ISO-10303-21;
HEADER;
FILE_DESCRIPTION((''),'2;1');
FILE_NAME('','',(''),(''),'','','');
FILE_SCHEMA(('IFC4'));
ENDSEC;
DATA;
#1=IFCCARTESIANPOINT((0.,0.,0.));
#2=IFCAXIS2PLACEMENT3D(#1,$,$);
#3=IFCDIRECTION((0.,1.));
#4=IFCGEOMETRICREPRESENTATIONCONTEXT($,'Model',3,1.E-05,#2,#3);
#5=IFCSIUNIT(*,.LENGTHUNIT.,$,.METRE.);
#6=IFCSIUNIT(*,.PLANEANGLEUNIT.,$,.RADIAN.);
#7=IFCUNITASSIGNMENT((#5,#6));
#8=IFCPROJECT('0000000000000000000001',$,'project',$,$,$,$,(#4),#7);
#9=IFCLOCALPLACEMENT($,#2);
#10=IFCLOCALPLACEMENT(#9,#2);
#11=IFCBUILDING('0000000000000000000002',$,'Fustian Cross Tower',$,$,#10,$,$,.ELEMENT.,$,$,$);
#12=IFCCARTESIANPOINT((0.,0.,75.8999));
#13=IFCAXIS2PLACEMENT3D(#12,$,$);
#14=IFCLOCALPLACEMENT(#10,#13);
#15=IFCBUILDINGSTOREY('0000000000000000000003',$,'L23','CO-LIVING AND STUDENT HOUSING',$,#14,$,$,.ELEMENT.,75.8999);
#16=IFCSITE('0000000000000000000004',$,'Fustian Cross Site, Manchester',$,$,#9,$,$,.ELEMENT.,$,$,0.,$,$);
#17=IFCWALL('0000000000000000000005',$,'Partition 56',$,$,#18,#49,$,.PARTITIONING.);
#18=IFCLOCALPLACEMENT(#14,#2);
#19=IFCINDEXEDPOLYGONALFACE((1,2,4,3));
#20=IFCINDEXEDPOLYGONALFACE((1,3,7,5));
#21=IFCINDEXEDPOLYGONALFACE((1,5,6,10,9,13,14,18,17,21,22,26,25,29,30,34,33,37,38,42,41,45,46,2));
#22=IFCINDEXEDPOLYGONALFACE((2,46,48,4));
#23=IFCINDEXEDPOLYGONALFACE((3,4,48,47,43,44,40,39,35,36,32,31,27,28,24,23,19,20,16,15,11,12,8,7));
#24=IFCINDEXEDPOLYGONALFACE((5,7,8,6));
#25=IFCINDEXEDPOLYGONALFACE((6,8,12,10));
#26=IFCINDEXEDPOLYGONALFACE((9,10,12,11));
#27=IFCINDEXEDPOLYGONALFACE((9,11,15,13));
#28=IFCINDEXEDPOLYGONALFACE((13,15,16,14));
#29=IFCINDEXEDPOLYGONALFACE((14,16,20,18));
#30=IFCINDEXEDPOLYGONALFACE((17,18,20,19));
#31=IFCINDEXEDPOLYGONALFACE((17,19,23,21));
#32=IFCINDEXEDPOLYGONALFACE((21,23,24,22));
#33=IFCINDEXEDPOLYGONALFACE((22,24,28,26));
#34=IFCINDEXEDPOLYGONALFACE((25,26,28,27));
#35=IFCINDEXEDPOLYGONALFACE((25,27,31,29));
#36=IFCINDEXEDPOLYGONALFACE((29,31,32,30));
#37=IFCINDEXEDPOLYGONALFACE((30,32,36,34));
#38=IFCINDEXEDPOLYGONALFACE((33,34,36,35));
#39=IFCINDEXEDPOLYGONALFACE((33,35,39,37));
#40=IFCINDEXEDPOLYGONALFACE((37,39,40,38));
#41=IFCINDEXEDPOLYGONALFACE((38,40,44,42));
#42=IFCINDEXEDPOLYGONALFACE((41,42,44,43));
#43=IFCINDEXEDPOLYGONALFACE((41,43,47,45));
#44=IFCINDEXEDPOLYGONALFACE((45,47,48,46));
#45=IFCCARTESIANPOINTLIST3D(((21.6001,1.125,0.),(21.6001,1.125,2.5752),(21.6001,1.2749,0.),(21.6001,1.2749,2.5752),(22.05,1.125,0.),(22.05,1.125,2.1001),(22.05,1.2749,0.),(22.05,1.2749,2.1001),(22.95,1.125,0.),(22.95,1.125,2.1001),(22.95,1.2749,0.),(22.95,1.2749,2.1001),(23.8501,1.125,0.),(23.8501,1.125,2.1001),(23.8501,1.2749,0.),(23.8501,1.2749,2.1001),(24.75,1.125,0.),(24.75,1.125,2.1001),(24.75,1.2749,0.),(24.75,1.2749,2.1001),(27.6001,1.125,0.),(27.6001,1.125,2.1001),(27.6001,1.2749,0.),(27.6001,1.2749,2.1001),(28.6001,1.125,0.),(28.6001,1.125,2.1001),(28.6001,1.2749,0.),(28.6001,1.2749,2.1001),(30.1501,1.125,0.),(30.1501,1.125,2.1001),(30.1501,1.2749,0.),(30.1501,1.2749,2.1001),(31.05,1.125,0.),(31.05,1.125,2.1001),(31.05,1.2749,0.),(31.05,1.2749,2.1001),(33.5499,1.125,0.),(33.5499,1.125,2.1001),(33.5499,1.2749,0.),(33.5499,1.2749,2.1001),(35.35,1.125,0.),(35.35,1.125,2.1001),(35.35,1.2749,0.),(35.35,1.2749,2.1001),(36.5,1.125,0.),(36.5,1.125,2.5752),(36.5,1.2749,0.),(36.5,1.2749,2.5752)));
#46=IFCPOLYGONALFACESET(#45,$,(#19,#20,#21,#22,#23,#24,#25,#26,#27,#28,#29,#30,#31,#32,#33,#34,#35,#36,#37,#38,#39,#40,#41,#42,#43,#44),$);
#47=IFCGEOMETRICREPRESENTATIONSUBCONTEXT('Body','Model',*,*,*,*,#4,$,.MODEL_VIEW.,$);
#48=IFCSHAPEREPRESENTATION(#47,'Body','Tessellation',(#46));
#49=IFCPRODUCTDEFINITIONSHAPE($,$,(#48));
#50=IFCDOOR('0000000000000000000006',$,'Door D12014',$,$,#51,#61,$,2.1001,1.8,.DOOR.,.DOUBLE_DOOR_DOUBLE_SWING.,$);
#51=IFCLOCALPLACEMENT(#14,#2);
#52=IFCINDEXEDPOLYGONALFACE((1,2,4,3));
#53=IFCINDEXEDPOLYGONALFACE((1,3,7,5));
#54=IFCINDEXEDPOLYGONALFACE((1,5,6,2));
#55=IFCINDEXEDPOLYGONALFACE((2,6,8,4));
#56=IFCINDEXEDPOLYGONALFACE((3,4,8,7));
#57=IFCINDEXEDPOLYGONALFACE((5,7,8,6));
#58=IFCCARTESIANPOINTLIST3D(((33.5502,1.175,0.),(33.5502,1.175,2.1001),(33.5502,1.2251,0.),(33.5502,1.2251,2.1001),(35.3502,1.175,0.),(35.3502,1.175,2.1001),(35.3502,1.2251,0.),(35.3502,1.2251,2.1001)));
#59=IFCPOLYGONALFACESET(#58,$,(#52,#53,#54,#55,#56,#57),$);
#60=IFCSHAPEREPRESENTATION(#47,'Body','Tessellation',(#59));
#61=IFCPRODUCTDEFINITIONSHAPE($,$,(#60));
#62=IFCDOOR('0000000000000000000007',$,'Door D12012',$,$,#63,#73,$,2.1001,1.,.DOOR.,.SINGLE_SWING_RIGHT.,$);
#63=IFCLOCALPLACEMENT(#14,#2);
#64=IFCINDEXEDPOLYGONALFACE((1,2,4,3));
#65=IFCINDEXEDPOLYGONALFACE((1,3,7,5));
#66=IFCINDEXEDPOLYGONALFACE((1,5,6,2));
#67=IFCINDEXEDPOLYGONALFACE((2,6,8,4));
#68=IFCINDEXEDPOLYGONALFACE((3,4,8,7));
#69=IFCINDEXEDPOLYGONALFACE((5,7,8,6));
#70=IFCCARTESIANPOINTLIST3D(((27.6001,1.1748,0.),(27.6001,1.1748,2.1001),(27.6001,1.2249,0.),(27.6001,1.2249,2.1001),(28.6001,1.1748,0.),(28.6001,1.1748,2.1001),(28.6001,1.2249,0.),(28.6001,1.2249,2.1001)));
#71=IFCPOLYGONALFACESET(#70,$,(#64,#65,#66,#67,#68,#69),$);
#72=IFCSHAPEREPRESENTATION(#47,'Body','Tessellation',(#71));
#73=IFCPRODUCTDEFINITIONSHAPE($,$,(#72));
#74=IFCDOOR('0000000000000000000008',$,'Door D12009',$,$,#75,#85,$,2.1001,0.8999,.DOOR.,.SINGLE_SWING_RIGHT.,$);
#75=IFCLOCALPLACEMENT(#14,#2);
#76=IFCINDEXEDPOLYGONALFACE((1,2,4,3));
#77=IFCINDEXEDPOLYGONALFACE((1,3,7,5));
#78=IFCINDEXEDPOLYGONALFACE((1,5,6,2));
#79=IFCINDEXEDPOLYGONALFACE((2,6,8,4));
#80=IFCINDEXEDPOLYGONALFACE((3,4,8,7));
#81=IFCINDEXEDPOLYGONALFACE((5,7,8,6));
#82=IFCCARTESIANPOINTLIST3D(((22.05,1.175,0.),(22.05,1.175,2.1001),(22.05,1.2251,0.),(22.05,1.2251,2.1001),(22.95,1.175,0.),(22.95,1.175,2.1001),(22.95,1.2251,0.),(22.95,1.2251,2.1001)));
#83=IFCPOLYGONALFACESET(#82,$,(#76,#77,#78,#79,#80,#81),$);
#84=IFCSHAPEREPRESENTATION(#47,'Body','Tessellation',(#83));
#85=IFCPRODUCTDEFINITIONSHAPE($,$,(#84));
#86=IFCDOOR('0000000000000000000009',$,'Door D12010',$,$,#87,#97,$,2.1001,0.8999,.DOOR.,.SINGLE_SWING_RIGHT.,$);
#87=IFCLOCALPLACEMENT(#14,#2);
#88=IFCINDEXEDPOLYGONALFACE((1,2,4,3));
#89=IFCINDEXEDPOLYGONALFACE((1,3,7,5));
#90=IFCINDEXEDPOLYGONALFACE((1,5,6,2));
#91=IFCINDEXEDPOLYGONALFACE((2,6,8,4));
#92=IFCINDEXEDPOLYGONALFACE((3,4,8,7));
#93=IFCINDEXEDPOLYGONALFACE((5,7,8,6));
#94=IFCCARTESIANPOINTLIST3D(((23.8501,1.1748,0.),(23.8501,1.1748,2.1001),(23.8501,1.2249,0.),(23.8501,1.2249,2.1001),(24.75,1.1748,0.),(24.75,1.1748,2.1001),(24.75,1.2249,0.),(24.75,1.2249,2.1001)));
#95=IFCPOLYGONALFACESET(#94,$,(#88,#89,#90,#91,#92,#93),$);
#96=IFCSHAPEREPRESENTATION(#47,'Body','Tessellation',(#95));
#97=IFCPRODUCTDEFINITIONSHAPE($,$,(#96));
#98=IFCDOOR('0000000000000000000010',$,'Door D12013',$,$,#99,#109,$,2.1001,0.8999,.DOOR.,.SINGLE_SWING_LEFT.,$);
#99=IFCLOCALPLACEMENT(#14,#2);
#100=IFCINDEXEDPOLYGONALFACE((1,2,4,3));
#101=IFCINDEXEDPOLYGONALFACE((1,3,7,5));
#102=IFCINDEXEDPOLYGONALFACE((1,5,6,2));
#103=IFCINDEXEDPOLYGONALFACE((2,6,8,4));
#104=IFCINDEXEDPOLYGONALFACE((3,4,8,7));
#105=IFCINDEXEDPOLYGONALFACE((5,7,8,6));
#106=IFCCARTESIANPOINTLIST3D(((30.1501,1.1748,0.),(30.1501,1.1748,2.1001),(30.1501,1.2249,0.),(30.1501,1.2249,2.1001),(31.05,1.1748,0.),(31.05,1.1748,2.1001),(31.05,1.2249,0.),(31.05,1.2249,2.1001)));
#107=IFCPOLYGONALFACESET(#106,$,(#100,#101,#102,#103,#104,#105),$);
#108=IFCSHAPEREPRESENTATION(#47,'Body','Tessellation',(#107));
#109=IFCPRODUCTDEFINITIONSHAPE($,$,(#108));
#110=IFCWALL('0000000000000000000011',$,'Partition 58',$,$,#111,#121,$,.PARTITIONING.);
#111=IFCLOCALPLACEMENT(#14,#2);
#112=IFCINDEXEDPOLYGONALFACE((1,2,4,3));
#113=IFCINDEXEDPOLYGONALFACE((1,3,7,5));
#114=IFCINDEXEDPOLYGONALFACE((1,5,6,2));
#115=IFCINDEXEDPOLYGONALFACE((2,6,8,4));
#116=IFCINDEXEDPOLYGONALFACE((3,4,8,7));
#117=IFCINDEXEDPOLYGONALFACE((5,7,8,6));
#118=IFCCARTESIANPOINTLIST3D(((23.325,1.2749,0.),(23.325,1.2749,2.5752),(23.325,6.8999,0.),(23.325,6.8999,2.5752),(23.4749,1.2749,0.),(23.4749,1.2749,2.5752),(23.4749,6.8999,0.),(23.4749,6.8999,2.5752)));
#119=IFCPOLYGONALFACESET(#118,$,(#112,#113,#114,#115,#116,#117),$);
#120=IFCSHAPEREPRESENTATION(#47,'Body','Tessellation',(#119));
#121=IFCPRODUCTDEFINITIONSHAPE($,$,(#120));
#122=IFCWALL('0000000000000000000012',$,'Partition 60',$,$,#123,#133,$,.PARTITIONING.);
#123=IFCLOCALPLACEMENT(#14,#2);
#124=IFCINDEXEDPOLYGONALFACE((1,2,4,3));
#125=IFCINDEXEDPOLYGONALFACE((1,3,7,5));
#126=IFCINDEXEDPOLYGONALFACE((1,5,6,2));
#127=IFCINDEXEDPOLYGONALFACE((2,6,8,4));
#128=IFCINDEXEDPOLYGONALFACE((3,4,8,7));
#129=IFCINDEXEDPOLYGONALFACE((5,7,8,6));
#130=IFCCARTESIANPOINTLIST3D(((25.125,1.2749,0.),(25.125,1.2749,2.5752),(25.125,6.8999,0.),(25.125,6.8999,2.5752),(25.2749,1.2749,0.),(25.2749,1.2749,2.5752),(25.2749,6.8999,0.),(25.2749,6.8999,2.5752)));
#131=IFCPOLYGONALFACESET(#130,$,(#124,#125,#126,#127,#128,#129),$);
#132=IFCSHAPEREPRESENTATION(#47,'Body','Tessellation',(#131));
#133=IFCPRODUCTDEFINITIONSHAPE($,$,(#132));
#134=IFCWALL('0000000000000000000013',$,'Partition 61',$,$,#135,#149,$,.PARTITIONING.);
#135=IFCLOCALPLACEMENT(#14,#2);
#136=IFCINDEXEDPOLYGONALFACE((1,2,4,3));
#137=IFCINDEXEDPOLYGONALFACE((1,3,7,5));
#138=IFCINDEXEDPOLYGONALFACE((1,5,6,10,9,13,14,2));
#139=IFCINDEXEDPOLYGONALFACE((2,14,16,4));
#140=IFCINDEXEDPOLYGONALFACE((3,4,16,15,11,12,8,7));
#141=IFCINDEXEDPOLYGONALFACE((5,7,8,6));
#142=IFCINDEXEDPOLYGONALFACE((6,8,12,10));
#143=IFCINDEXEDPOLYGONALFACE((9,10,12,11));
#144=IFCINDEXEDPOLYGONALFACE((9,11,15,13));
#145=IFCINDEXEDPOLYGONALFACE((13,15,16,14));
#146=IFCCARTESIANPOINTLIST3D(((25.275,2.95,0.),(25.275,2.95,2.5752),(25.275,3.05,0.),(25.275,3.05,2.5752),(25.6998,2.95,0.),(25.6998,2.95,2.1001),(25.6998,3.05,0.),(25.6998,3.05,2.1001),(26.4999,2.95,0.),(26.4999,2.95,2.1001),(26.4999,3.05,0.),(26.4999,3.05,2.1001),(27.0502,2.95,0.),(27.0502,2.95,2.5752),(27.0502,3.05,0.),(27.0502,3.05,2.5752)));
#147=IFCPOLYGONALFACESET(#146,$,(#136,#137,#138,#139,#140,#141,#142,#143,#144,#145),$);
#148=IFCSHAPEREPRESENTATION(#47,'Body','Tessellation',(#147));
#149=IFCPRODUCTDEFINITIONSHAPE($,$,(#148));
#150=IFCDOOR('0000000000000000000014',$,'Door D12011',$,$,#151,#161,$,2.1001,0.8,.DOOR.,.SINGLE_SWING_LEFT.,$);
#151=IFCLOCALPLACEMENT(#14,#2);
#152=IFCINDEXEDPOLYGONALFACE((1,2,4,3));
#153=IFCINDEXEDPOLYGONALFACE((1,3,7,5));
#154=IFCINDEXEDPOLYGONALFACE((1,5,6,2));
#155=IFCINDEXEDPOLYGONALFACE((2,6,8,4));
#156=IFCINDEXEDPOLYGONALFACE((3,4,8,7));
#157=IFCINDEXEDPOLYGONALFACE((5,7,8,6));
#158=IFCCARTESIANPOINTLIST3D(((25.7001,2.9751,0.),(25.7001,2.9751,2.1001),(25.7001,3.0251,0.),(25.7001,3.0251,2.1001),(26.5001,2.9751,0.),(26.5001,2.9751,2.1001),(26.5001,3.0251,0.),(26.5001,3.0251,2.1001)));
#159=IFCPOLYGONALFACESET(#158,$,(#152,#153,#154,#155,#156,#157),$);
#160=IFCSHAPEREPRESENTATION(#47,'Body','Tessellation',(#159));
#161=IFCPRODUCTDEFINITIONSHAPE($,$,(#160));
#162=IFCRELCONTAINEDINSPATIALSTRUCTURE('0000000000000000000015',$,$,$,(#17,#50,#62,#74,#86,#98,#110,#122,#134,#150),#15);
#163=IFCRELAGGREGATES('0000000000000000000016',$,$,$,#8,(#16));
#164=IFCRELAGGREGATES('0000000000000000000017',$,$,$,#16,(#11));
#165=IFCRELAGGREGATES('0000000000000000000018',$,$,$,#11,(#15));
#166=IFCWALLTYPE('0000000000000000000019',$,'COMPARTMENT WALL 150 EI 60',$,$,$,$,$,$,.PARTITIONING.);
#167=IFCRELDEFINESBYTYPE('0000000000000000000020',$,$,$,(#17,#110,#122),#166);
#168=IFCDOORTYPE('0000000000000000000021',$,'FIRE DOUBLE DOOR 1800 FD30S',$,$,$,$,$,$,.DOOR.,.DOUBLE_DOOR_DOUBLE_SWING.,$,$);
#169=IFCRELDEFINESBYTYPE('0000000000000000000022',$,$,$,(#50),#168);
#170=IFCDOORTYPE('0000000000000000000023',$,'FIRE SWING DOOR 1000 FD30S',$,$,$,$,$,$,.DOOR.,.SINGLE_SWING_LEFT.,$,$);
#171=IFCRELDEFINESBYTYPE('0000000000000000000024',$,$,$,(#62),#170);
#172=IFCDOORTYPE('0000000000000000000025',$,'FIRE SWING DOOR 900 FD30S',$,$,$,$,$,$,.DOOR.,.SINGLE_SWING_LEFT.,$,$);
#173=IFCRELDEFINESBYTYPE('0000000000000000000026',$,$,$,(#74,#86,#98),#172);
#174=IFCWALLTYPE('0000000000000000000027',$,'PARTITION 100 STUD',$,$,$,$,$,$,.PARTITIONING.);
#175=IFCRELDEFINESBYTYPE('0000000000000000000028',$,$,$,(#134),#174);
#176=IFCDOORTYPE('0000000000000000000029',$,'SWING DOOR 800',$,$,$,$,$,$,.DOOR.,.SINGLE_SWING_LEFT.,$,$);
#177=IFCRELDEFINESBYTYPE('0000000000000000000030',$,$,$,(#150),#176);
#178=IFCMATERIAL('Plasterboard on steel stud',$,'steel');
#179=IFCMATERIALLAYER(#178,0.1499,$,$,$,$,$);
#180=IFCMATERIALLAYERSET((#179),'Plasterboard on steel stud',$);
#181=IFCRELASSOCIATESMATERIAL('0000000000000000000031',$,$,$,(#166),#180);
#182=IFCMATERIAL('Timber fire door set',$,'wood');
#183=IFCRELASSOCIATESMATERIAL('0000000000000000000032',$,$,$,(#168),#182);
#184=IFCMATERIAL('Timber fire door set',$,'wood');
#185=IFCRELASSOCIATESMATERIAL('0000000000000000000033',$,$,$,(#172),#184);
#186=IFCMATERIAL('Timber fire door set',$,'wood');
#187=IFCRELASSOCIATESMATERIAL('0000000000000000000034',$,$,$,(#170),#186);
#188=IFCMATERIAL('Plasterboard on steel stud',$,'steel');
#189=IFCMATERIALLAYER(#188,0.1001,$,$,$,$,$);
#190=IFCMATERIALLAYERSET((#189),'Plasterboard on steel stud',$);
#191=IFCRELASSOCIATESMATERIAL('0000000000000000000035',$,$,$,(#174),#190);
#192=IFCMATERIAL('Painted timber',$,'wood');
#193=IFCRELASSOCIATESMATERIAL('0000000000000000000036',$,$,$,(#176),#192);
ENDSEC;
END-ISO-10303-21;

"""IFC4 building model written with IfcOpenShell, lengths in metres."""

from ifc_helpers import new_model, si_unit, direction, frame, frame_2d, origin, place, context, subcontext, project, spatial, rectangle, extrude, material, layer, layer_set, type_object, element, fill, save


model = new_model("IFC4")

# Units and contexts
model_context = context("Model", 3, precision=1e-05, world=origin(), true_north=direction((0.0, 1.0)))
body_context = subcontext(model_context, "Body", "Model", "MODEL_VIEW")
ifc_project = project(units=[si_unit("LENGTHUNIT", "METRE"), si_unit("PLANEANGLEUNIT", "RADIAN")], contexts=[model_context])

# Site, building, storey
site_placement = place(None, origin())
site = spatial("IfcSite", under=ifc_project, at=site_placement, Name="Fustian Cross Site, Manchester", CompositionType="ELEMENT", RefElevation=0.0)
building_placement = place(site_placement, origin())
building = spatial("IfcBuilding", under=site, at=building_placement, Name="Fustian Cross Tower", CompositionType="ELEMENT")
storey_placement = place(building_placement, frame((0.0, 0.0, 75.8999)))
storey = spatial("IfcBuildingStorey", under=building, at=storey_placement, Name="L23", Description="CO-LIVING AND STUDENT HOUSING", CompositionType="ELEMENT", Elevation=75.8999)

# Wall, openings, doors
ifc_material_1 = material(Name="Plasterboard on steel stud", Category="steel")
ifc_layer_1 = layer(ifc_material_1, 0.1499)
ifc_layer_set_1 = layer_set([ifc_layer_1], Name="Plasterboard on steel stud")
wall_type_1 = type_object("IfcWallType", Name="COMPARTMENT WALL 150 EI 60", PredefinedType="PARTITIONING", material=ifc_layer_set_1)
ifc_material_2 = material(Name="Timber fire door set", Category="wood")
door_type_1 = type_object("IfcDoorType", Name="FIRE DOUBLE DOOR 1800 FD30S", OperationType="DOUBLE_DOOR_DOUBLE_SWING", PredefinedType="DOOR", material=ifc_material_2)
ifc_material_3 = material(Name="Timber fire door set", Category="wood")
door_type_2 = type_object("IfcDoorType", Name="FIRE SWING DOOR 900 FD30S", OperationType="SINGLE_SWING_LEFT", PredefinedType="DOOR", material=ifc_material_3)
wall_1_placement = place(storey_placement, frame((21.6001, 1.2, 0.0), z_axis=(0.0, 0.0, 1.0), x_axis=(1.0, 0.0, 0.0)))
wall_1 = element("IfcWall", 1, at=wall_1_placement, inside=storey, type_object=wall_type_1, Name="Partition 56", PredefinedType="PARTITIONING", context=body_context, shape_type="SweptSolid", body=[
    extrude(rectangle(XDim=14.8999, YDim=0.1499, at=frame_2d((7.45, 0.0))), origin(), (0.0, 0.0, 1.0), 2.5752),
])
opening_1_placement = place(wall_1_placement, frame((0.45, 0.0, 0.0)))
opening_1 = element("IfcOpeningElement", 2, at=opening_1_placement, cuts=wall_1, PredefinedType="OPENING", context=body_context, shape_type="SweptSolid", body=[
    extrude(rectangle(XDim=0.8999, YDim=2.1001, at=frame_2d((0.45, 1.05))), frame((0.0, 0.085, 0.0), z_axis=(0.0, -1.0, 0.0), x_axis=(1.0, 0.0, 0.0)), (0.0, 0.0, 1.0), 0.1699),
])
opening_2_placement = place(wall_1_placement, frame((2.25, 0.0, 0.0)))
opening_2 = element("IfcOpeningElement", 3, at=opening_2_placement, cuts=wall_1, PredefinedType="OPENING", context=body_context, shape_type="SweptSolid", body=[
    extrude(rectangle(XDim=0.8999, YDim=2.1001, at=frame_2d((0.45, 1.05))), frame((0.0, 0.085, 0.0), z_axis=(0.0, -1.0, 0.0), x_axis=(1.0, 0.0, 0.0)), (0.0, 0.0, 1.0), 0.1699),
])
opening_3_placement = place(wall_1_placement, frame((6.0, 0.0, 0.0)))
opening_3 = element("IfcOpeningElement", 4, at=opening_3_placement, cuts=wall_1, PredefinedType="OPENING", context=body_context, shape_type="SweptSolid", body=[
    extrude(rectangle(XDim=1.0, YDim=2.1001, at=frame_2d((0.5, 1.05))), frame((0.0, 0.085, 0.0), z_axis=(0.0, -1.0, 0.0), x_axis=(1.0, 0.0, 0.0)), (0.0, 0.0, 1.0), 0.1699),
])
opening_4_placement = place(wall_1_placement, frame((8.55, 0.0, 0.0)))
opening_4 = element("IfcOpeningElement", 5, at=opening_4_placement, cuts=wall_1, PredefinedType="OPENING", context=body_context, shape_type="SweptSolid", body=[
    extrude(rectangle(XDim=0.8999, YDim=2.1001, at=frame_2d((0.45, 1.05))), frame((0.0, 0.085, 0.0), z_axis=(0.0, -1.0, 0.0), x_axis=(1.0, 0.0, 0.0)), (0.0, 0.0, 1.0), 0.1699),
])
opening_5_placement = place(wall_1_placement, frame((11.95, 0.0, 0.0)))
opening_5 = element("IfcOpeningElement", 6, at=opening_5_placement, cuts=wall_1, PredefinedType="OPENING", context=body_context, shape_type="SweptSolid", body=[
    extrude(rectangle(XDim=1.8, YDim=2.1001, at=frame_2d((0.8999, 1.05))), frame((0.0, 0.085, 0.0), z_axis=(0.0, -1.0, 0.0), x_axis=(1.0, 0.0, 0.0)), (0.0, 0.0, 1.0), 0.1699),
])
door_1_placement = place(opening_5_placement, frame((1.8, 0.0, 0.0), z_axis=(0.0, 0.0, 1.0), x_axis=(-1.0, 0.0, 0.0)))
door_1 = element("IfcDoor", 7, at=door_1_placement, inside=storey, type_object=door_type_1, Name="Door D12014", OperationType="DOUBLE_DOOR_DOUBLE_SWING", OverallHeight=2.1001, OverallWidth=1.8, PredefinedType="DOOR", context=body_context, shape_type="SweptSolid", body=[
    extrude(rectangle(XDim=1.8, YDim=2.1001, at=frame_2d((0.8999, 1.05))), frame((0.0, 0.0249, 0.0), z_axis=(0.0, -1.0, 0.0), x_axis=(1.0, 0.0, 0.0)), (0.0, 0.0, 1.0), 0.05),
])
fill(opening_5, door_1)
ifc_material_4 = material(Name="Timber fire door set", Category="wood")
door_type_3 = type_object("IfcDoorType", Name="FIRE SWING DOOR 1000 FD30S", OperationType="SINGLE_SWING_LEFT", PredefinedType="DOOR", material=ifc_material_4)
door_2_placement = place(opening_3_placement, origin())
door_2 = element("IfcDoor", 8, at=door_2_placement, inside=storey, type_object=door_type_3, Name="Door D12012", OperationType="SINGLE_SWING_RIGHT", OverallHeight=2.1001, OverallWidth=1.0, PredefinedType="DOOR", context=body_context, shape_type="SweptSolid", body=[
    extrude(rectangle(XDim=1.0, YDim=2.1001, at=frame_2d((0.5, 1.05))), frame((0.0, 0.0249, 0.0), z_axis=(0.0, -1.0, 0.0), x_axis=(1.0, 0.0, 0.0)), (0.0, 0.0, 1.0), 0.05),
])
fill(opening_3, door_2)
door_3_placement = place(opening_1_placement, frame((0.8999, 0.0, 0.0), z_axis=(0.0, 0.0, 1.0), x_axis=(-1.0, 0.0, 0.0)))
door_3 = element("IfcDoor", 9, at=door_3_placement, inside=storey, type_object=door_type_2, Name="Door D12009", OperationType="SINGLE_SWING_RIGHT", OverallHeight=2.1001, OverallWidth=0.8999, PredefinedType="DOOR", context=body_context, shape_type="SweptSolid", body=[
    extrude(rectangle(XDim=0.8999, YDim=2.1001, at=frame_2d((0.45, 1.05))), frame((0.0, 0.0249, 0.0), z_axis=(0.0, -1.0, 0.0), x_axis=(1.0, 0.0, 0.0)), (0.0, 0.0, 1.0), 0.05),
])
fill(opening_1, door_3)
door_4_placement = place(opening_2_placement, origin())
door_4 = element("IfcDoor", 10, at=door_4_placement, inside=storey, type_object=door_type_2, Name="Door D12010", OperationType="SINGLE_SWING_RIGHT", OverallHeight=2.1001, OverallWidth=0.8999, PredefinedType="DOOR", context=body_context, shape_type="SweptSolid", body=[
    extrude(rectangle(XDim=0.8999, YDim=2.1001, at=frame_2d((0.45, 1.05))), frame((0.0, 0.0249, 0.0), z_axis=(0.0, -1.0, 0.0), x_axis=(1.0, 0.0, 0.0)), (0.0, 0.0, 1.0), 0.05),
])
fill(opening_2, door_4)
door_5_placement = place(opening_4_placement, origin())
door_5 = element("IfcDoor", 11, at=door_5_placement, inside=storey, type_object=door_type_2, Name="Door D12013", OperationType="SINGLE_SWING_LEFT", OverallHeight=2.1001, OverallWidth=0.8999, PredefinedType="DOOR", context=body_context, shape_type="SweptSolid", body=[
    extrude(rectangle(XDim=0.8999, YDim=2.1001, at=frame_2d((0.45, 1.05))), frame((0.0, 0.0249, 0.0), z_axis=(0.0, -1.0, 0.0), x_axis=(1.0, 0.0, 0.0)), (0.0, 0.0, 1.0), 0.05),
])
fill(opening_4, door_5)

# Walls
for number, where, z_axis, x_axis, name in (
    (12, (23.3999, 1.2749, 0.0), (0.0, 0.0, 1.0), (0.0, 1.0, 0.0), "Partition 58"),
    (13, (25.2, 1.2749, 0.0), (0.0, 0.0, 1.0), (0.0, 1.0, 0.0), "Partition 60"),
):
    element("IfcWall", number, at=place(storey_placement, frame(where, z_axis=z_axis, x_axis=x_axis)), inside=storey, type_object=wall_type_1, Name=name, PredefinedType="PARTITIONING", context=body_context, shape_type="SweptSolid", body=[
        extrude(rectangle(XDim=5.625, YDim=0.1499, at=frame_2d((2.8125, 0.0))), origin(), (0.0, 0.0, 1.0), 2.5752),
    ])

# Wall, opening, door
ifc_material_5 = material(Name="Plasterboard on steel stud", Category="steel")
ifc_layer_2 = layer(ifc_material_5, 0.1001)
ifc_layer_set_2 = layer_set([ifc_layer_2], Name="Plasterboard on steel stud")
wall_type_2 = type_object("IfcWallType", Name="PARTITION 100 STUD", PredefinedType="PARTITIONING", material=ifc_layer_set_2)
wall_2_placement = place(storey_placement, frame((25.2749, 3.0, 0.0), z_axis=(0.0, 0.0, 1.0), x_axis=(1.0, 0.0, 0.0)))
wall_2 = element("IfcWall", 14, at=wall_2_placement, inside=storey, type_object=wall_type_2, Name="Partition 61", PredefinedType="PARTITIONING", context=body_context, shape_type="SweptSolid", body=[
    extrude(rectangle(XDim=1.7751, YDim=0.1001, at=frame_2d((0.8877, 0.0))), origin(), (0.0, 0.0, 1.0), 2.5752),
])
opening_6_placement = place(wall_2_placement, frame((0.425, 0.0, 0.0)))
opening_6 = element("IfcOpeningElement", 15, at=opening_6_placement, cuts=wall_2, PredefinedType="OPENING", context=body_context, shape_type="SweptSolid", body=[
    extrude(rectangle(XDim=0.8, YDim=2.1001, at=frame_2d((0.3999, 1.05))), frame((0.0, 0.0601, 0.0), z_axis=(0.0, -1.0, 0.0), x_axis=(1.0, 0.0, 0.0)), (0.0, 0.0, 1.0), 0.1201),
])
ifc_material_6 = material(Name="Painted timber", Category="wood")
door_type_4 = type_object("IfcDoorType", Name="SWING DOOR 800", OperationType="SINGLE_SWING_LEFT", PredefinedType="DOOR", material=ifc_material_6)
door_6_placement = place(opening_6_placement, frame((0.8, 0.0, 0.0), z_axis=(0.0, 0.0, 1.0), x_axis=(-1.0, 0.0, 0.0)))
door_6 = element("IfcDoor", 16, at=door_6_placement, inside=storey, type_object=door_type_4, Name="Door D12011", OperationType="SINGLE_SWING_LEFT", OverallHeight=2.1001, OverallWidth=0.8, PredefinedType="DOOR", context=body_context, shape_type="SweptSolid", body=[
    extrude(rectangle(XDim=0.8, YDim=2.1001, at=frame_2d((0.3999, 1.05))), frame((0.0, 0.0249, 0.0), z_axis=(0.0, -1.0, 0.0), x_axis=(1.0, 0.0, 0.0)), (0.0, 0.0, 1.0), 0.05),
])
fill(opening_6, door_6)

save(model, "model.ifc")
